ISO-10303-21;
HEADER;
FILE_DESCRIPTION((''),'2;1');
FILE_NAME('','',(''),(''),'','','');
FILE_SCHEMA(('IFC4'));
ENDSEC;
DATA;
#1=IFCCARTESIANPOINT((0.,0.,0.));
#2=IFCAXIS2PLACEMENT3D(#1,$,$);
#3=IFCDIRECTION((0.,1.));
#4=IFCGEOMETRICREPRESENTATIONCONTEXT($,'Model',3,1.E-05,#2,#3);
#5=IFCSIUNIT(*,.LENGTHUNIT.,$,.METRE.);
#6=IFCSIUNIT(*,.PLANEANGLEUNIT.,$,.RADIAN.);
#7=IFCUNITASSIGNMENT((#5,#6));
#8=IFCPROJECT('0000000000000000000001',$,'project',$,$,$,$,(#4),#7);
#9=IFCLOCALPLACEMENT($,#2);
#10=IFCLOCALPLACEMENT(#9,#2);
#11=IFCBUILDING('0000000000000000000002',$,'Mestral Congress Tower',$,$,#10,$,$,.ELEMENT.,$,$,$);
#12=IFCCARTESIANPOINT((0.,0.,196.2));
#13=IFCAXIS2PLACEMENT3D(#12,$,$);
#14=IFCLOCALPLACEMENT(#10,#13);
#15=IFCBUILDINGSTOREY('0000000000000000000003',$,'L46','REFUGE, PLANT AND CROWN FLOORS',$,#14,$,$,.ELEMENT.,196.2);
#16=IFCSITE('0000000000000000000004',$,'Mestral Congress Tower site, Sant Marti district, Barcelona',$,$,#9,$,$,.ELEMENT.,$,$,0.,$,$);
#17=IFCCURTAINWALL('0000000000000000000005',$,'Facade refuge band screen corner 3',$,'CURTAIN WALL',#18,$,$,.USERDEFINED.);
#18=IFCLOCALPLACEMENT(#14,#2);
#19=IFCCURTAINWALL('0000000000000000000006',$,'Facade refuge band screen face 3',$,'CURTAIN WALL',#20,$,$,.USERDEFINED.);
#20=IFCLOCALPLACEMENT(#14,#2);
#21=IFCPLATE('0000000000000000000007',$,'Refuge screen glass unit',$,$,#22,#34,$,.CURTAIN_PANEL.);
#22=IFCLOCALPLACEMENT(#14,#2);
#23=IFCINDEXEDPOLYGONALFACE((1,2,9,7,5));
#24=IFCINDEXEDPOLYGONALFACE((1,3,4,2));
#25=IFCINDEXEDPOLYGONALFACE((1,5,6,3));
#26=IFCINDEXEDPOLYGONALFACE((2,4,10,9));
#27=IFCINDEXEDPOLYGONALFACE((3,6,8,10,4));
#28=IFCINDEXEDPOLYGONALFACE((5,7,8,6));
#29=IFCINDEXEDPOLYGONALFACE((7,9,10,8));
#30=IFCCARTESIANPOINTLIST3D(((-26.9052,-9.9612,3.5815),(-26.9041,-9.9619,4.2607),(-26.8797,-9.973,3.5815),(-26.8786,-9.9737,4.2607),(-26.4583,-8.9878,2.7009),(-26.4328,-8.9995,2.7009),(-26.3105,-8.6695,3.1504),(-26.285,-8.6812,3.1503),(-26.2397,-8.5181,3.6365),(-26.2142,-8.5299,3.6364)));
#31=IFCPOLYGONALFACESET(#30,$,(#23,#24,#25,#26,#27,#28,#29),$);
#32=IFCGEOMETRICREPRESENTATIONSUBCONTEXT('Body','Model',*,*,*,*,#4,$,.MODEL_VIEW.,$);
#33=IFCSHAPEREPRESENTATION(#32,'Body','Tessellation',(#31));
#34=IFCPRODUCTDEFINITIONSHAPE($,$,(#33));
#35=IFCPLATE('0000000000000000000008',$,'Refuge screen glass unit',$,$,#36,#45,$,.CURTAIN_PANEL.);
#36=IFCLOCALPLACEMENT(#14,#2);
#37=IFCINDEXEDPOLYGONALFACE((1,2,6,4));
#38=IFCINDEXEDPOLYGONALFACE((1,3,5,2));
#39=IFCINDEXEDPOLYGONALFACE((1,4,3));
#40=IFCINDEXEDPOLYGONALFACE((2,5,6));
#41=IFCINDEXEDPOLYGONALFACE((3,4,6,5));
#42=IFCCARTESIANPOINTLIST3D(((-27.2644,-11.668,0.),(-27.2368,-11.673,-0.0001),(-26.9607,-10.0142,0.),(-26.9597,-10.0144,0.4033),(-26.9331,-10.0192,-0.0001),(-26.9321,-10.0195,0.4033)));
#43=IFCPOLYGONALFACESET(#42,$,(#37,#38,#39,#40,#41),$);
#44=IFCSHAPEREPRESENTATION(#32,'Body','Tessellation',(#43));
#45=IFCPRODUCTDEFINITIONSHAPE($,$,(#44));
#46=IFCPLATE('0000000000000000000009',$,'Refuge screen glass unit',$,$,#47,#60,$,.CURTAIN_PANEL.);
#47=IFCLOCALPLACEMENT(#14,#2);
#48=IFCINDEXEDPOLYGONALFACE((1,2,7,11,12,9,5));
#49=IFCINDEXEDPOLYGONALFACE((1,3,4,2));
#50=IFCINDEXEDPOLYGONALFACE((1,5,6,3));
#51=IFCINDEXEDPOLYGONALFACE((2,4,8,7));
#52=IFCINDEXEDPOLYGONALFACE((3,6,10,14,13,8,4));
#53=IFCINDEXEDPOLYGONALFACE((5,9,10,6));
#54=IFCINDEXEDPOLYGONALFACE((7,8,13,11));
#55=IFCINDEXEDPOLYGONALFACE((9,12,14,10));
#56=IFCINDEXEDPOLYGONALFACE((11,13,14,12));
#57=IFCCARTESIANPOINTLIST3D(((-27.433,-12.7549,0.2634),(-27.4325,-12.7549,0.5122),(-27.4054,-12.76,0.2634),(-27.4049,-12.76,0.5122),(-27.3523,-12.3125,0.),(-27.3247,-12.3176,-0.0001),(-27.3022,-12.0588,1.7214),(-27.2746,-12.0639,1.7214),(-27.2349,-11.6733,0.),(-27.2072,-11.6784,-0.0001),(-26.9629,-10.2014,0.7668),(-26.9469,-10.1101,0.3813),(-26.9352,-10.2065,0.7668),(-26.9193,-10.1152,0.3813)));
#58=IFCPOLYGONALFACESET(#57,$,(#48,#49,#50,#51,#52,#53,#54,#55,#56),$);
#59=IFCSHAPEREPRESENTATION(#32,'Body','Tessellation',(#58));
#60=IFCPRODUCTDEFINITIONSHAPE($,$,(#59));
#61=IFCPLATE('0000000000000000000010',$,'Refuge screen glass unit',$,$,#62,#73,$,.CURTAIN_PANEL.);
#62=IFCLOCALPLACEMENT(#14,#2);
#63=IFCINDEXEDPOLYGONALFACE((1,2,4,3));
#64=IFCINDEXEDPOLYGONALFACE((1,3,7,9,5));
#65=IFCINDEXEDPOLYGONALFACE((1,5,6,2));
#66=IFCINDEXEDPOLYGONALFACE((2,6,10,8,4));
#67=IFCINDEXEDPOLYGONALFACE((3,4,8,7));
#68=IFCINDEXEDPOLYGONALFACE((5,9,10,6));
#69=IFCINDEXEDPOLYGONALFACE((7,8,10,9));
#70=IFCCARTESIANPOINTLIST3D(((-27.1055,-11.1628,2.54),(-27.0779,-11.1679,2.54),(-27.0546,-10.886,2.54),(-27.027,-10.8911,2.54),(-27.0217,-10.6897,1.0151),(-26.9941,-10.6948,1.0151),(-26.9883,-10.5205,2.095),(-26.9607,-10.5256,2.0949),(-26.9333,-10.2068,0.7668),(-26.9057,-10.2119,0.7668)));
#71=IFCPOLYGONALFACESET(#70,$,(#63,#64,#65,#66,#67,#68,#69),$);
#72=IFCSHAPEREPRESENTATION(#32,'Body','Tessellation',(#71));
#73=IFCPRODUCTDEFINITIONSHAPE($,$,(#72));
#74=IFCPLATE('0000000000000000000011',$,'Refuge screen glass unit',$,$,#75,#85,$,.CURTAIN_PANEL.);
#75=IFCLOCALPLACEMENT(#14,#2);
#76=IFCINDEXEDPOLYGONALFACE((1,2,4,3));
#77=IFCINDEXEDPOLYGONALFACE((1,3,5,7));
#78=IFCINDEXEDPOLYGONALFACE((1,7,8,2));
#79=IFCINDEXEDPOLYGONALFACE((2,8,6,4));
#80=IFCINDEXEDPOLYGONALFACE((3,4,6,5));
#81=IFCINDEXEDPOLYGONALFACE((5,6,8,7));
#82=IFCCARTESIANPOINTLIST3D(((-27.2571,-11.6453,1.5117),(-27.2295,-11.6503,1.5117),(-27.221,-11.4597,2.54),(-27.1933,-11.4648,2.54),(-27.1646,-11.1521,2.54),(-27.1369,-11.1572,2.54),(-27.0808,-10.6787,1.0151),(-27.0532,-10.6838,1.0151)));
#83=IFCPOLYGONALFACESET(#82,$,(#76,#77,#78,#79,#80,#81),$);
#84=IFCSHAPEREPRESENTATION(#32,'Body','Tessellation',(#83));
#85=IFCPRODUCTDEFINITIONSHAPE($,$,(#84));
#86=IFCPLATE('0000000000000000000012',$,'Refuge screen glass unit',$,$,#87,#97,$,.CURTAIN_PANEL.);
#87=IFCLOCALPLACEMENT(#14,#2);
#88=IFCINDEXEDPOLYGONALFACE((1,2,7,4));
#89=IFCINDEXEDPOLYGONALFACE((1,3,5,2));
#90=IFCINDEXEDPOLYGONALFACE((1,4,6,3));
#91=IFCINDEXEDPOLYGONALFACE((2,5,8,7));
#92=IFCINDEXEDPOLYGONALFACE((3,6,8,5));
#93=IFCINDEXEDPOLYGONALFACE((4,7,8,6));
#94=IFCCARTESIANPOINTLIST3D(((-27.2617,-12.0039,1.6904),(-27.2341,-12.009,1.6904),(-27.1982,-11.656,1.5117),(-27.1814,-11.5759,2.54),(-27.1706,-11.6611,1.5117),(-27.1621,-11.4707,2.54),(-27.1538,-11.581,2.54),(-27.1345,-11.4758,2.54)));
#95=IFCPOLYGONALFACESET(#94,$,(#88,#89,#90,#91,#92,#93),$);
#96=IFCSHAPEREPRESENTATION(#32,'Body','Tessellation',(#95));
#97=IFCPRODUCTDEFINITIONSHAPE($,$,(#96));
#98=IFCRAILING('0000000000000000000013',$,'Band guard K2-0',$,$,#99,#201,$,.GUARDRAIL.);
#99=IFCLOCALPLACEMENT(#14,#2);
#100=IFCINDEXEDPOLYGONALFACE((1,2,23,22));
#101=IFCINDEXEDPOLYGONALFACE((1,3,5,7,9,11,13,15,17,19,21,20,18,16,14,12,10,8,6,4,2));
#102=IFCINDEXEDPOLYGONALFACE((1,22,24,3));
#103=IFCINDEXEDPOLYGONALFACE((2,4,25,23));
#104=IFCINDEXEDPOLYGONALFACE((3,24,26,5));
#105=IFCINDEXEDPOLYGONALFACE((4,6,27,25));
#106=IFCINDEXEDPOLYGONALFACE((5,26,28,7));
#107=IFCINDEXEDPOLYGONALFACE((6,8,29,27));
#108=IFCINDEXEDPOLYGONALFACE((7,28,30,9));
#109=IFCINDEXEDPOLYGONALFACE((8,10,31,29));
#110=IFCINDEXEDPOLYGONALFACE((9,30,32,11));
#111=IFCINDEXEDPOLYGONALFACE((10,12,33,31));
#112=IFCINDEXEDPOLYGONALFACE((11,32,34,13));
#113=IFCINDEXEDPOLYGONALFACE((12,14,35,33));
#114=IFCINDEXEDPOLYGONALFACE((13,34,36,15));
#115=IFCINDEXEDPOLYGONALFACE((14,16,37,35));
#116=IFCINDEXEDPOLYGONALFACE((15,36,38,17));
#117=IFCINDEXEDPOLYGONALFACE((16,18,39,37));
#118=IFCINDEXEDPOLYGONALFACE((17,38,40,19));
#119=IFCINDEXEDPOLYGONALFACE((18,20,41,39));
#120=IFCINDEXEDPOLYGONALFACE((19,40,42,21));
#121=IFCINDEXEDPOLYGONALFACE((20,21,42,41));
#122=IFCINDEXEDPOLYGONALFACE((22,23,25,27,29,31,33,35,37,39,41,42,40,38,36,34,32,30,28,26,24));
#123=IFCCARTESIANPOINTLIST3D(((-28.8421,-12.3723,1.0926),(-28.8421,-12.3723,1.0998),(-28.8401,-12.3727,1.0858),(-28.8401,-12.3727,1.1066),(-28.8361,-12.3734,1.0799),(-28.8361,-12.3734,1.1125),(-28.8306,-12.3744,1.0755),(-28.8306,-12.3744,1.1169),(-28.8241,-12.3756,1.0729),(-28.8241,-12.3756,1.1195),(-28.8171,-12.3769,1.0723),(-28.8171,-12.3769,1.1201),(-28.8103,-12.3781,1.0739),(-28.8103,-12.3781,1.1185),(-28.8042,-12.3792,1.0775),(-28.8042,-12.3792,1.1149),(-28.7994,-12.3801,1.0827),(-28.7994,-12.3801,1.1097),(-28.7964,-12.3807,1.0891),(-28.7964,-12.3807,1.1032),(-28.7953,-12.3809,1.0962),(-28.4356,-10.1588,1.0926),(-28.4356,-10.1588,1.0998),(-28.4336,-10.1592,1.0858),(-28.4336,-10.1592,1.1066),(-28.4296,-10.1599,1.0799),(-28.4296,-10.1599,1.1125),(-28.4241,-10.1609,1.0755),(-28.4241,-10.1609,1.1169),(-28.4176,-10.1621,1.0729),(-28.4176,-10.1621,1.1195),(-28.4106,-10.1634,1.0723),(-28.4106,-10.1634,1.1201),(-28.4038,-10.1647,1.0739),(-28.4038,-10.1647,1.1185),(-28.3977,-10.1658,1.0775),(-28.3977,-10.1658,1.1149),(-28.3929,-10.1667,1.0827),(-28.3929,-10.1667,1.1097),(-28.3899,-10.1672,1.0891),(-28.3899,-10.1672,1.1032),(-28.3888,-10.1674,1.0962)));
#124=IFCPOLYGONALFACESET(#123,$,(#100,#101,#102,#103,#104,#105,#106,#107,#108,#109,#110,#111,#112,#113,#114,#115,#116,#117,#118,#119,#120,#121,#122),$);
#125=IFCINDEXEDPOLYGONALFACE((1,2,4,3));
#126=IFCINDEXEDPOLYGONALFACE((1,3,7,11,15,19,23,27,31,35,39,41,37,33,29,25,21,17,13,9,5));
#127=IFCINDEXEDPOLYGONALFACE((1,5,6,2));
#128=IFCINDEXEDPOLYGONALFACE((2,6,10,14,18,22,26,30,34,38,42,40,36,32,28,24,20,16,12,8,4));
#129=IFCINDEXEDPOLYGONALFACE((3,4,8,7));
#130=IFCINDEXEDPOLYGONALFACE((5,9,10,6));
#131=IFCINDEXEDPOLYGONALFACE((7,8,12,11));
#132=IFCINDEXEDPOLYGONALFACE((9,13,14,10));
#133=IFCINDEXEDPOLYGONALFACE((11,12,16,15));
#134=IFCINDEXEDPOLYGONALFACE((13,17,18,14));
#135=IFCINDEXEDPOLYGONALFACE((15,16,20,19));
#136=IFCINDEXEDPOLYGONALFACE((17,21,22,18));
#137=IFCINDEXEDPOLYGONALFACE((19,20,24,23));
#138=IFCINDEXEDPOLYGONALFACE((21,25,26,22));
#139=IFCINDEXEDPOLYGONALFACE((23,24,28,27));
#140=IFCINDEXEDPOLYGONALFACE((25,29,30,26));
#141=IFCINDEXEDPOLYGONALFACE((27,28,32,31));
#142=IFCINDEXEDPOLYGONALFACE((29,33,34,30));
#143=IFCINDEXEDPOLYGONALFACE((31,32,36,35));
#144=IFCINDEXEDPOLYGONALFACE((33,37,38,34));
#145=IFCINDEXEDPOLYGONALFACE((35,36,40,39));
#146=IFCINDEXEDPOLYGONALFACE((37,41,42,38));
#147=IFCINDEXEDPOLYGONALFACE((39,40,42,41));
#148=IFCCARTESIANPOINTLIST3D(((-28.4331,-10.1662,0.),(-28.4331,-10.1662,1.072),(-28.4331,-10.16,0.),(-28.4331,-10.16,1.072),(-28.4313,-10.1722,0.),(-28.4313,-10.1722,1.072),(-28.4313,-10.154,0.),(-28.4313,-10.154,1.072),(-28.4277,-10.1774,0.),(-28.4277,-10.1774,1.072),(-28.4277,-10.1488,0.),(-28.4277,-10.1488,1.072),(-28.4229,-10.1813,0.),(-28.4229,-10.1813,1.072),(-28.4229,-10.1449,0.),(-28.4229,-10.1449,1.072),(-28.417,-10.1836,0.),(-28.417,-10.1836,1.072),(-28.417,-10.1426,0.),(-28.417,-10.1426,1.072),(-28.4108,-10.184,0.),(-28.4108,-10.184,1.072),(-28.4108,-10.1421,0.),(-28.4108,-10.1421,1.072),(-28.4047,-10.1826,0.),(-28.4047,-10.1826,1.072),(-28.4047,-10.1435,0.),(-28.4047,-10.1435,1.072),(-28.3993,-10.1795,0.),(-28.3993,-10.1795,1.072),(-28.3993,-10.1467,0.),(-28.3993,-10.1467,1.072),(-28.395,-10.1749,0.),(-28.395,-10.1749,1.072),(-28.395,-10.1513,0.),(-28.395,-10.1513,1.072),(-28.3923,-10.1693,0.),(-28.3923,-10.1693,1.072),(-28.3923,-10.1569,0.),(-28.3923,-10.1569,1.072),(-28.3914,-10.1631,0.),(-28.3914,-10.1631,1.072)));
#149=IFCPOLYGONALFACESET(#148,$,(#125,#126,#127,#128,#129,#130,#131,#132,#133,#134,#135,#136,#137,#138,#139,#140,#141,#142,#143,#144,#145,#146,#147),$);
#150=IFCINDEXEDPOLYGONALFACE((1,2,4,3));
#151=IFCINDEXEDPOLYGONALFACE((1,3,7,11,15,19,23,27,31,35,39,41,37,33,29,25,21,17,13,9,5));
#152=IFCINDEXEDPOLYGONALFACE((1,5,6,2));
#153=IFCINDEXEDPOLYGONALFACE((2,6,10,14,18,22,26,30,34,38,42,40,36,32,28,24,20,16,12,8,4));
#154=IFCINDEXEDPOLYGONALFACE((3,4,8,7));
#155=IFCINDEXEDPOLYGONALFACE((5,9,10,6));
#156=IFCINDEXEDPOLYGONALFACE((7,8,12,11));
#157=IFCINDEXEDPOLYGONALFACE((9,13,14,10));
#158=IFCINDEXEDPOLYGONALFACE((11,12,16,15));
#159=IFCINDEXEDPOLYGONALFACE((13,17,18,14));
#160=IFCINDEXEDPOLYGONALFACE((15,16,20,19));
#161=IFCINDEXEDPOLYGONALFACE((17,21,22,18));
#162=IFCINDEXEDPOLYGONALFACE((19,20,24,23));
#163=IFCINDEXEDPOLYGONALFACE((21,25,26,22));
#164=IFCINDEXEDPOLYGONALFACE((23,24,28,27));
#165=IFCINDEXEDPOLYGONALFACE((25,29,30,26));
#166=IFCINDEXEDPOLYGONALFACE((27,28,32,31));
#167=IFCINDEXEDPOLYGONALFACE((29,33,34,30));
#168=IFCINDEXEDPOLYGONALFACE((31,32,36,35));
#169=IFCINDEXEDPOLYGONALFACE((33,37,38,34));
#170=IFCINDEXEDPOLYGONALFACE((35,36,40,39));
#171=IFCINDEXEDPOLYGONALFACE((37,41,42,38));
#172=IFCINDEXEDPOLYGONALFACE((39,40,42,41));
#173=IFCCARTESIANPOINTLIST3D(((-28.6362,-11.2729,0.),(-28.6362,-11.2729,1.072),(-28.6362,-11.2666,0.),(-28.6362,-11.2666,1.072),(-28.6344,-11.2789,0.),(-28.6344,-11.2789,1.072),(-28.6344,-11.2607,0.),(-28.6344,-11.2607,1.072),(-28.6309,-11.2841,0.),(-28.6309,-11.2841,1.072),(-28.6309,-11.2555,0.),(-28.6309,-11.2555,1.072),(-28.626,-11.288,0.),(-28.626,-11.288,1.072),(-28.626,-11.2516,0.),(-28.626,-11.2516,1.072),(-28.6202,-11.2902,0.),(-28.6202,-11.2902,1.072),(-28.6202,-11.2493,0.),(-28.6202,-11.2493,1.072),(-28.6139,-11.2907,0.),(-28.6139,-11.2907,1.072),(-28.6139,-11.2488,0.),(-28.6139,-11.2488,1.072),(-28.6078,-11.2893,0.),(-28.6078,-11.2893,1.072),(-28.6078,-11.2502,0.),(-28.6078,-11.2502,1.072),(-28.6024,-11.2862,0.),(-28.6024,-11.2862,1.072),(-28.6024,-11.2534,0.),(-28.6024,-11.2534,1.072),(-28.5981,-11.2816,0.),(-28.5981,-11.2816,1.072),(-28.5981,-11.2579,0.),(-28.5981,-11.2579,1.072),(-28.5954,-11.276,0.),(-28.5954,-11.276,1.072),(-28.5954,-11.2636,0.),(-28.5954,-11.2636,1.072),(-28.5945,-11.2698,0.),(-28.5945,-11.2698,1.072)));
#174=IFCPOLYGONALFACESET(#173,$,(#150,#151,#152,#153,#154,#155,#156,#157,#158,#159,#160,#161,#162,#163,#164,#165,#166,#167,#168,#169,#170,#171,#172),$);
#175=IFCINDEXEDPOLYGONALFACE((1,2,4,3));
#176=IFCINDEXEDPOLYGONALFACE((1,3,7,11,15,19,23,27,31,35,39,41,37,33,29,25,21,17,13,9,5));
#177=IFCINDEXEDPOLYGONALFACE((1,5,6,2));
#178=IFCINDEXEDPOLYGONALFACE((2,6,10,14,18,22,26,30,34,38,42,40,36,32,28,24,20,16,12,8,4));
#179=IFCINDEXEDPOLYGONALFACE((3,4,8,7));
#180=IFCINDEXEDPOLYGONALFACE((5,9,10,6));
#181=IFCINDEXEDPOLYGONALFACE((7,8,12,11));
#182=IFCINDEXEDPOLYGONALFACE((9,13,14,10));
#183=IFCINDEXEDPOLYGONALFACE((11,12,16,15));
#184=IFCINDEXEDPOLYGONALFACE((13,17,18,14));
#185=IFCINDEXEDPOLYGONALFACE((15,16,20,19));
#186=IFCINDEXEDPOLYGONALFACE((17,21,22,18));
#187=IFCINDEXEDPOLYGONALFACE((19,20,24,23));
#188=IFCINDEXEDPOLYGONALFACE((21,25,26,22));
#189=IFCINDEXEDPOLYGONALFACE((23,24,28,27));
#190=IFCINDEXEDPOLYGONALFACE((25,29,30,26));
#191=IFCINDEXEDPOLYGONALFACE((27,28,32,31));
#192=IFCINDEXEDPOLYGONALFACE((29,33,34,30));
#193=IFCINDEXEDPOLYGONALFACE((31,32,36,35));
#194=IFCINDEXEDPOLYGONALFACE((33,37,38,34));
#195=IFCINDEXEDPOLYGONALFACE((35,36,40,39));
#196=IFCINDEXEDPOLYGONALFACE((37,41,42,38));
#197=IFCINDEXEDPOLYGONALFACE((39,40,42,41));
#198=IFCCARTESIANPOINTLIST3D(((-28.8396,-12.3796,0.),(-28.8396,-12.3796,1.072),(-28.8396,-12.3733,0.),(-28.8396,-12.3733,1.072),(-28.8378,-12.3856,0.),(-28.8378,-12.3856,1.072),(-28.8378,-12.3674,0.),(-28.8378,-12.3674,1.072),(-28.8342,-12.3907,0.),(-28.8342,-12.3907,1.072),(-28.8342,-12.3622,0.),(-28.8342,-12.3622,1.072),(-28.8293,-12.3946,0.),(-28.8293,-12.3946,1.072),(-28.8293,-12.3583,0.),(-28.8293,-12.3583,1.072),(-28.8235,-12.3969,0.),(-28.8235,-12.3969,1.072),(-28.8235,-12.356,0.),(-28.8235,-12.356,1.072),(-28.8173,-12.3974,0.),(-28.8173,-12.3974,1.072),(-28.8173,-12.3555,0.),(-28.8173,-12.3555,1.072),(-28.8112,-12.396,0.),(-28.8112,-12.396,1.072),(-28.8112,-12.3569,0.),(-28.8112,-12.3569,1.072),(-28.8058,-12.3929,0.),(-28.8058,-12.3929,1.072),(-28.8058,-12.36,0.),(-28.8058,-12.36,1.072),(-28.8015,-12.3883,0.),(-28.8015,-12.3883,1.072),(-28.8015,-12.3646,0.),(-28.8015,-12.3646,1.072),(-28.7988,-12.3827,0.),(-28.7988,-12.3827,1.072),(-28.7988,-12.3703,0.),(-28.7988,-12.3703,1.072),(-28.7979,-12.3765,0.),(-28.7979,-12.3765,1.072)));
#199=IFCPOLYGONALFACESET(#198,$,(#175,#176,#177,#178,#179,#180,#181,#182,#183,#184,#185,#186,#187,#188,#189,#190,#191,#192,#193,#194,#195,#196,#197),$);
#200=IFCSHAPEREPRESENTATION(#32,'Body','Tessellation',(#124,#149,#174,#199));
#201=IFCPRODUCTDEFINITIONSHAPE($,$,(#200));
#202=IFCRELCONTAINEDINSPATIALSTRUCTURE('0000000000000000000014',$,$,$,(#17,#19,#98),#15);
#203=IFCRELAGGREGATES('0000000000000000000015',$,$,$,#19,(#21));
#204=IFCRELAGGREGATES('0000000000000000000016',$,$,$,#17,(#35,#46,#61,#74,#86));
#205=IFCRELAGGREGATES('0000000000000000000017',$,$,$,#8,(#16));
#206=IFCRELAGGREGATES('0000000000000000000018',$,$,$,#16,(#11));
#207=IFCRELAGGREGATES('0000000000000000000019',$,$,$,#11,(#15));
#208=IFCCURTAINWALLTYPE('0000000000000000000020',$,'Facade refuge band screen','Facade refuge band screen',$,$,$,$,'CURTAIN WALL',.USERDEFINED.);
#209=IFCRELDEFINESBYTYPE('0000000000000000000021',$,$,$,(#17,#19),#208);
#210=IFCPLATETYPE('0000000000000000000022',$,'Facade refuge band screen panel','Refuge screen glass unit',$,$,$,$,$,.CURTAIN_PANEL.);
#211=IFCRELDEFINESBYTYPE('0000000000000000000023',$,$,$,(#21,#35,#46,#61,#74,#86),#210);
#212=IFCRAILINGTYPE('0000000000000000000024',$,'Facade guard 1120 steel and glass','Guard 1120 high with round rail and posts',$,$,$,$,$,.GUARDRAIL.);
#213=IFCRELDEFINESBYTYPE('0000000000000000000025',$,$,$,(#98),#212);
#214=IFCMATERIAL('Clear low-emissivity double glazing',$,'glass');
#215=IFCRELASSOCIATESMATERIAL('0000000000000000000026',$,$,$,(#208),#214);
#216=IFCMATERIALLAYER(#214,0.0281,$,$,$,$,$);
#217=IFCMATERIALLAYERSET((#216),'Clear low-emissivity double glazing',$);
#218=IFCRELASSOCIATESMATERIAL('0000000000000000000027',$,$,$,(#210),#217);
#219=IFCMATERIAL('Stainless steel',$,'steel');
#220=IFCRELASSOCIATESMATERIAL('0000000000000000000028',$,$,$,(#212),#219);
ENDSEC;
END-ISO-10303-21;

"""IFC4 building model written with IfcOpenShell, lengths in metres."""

from ifc_helpers import new_model, si_unit, direction, frame, origin, origin_2d, place, context, subcontext, project, spatial, polyline, circle, outline, extrude, material, layer, layer_set, type_object, element, aggregate, save


model = new_model("IFC4")

# Units and contexts
model_context = context("Model", 3, precision=1e-05, world=origin(), true_north=direction((0.0, 1.0)))
body_context = subcontext(model_context, "Body", "Model", "MODEL_VIEW")
ifc_project = project(units=[si_unit("LENGTHUNIT", "METRE"), si_unit("PLANEANGLEUNIT", "RADIAN")], contexts=[model_context])

# Site, building, storey
site_placement = place(None, origin())
site = spatial("IfcSite", under=ifc_project, at=site_placement, Name="Mestral Congress Tower site, Sant Marti district, Barcelona", CompositionType="ELEMENT", RefElevation=0.0)
building_placement = place(site_placement, origin())
building = spatial("IfcBuilding", under=site, at=building_placement, Name="Mestral Congress Tower", CompositionType="ELEMENT")
storey_placement = place(building_placement, frame((0.0, 0.0, 196.2)))
storey = spatial("IfcBuildingStorey", under=building, at=storey_placement, Name="L46", Description="REFUGE, PLANT AND CROWN FLOORS", CompositionType="ELEMENT", Elevation=196.2)

# Curtain wall
ifc_material_1 = material(Name="Clear low-emissivity double glazing", Category="glass")
curtain_wall_type = type_object("IfcCurtainWallType", Name="Facade refuge band screen", Description="Facade refuge band screen", ElementType="CURTAIN WALL", PredefinedType="USERDEFINED", material=ifc_material_1)
placement = place(storey_placement, origin())
curtain_wall_1 = element("IfcCurtainWall", 1, at=placement, inside=storey, type_object=curtain_wall_type, Name="Facade refuge band screen corner 3", ObjectType="CURTAIN WALL", PredefinedType="USERDEFINED")

# Curtain wall
curtain_wall_2 = element("IfcCurtainWall", 2, at=placement, inside=storey, type_object=curtain_wall_type, Name="Facade refuge band screen face 3", ObjectType="CURTAIN WALL", PredefinedType="USERDEFINED")

# Plates
ifc_layer_1 = layer(ifc_material_1, 0.0281)
ifc_layer_set_1 = layer_set([ifc_layer_1], Name="Clear low-emissivity double glazing")
plate_type_1 = type_object("IfcPlateType", Name="Facade refuge band screen panel", Description="Refuge screen glass unit", PredefinedType="CURTAIN_PANEL", material=ifc_layer_set_1)
plate_1_placement = place(storey_placement, frame((-26.9041, -9.9619, 4.2607), z_axis=(-0.908113, 0.41872, 0.001954), x_axis=(-0.001679, 0.001024, -0.999998)))
plate_1 = element("IfcPlate", 3, at=plate_1_placement, type_object=plate_type_1, Name="Refuge screen glass unit", PredefinedType="CURTAIN_PANEL", context=body_context, shape_type="SweptSolid", body=[
    extrude(outline(polyline([(0.0, 0.0), (0.6792, 0.0), (1.5601, -1.0709), (1.1107, -1.422), (0.6246, -1.5892), (0.0, 0.0)])), origin(), (0.0, 0.0, -1.0), 0.0281),
])
aggregate(curtain_wall_2, [plate_1])
plate_2_placement = place(storey_placement, frame((-26.9607, -10.0142, 0.0), z_axis=(-0.983549, 0.180622, 0.002491), x_axis=(0.002421, -0.000605, 0.999997)))
plate_2 = element("IfcPlate", 4, at=plate_2_placement, type_object=plate_type_1, Name="Refuge screen glass unit", PredefinedType="CURTAIN_PANEL", context=body_context, shape_type="SweptSolid", body=[
    extrude(outline(polyline([(0.0, 0.0), (0.4033, 0.0), (0.0003, -1.6815), (0.0, 0.0)])), origin(), (0.0, 0.0, -1.0), 0.0281),
])
plate_3_placement = place(storey_placement, frame((-27.3523, -12.3125, 0.0), z_axis=(-0.983535, 0.180709, 0.002), x_axis=(0.18071, 0.983536, 0.0)))
plate_3 = element("IfcPlate", 5, at=plate_3_placement, type_object=plate_type_1, Name="Refuge screen glass unit", PredefinedType="CURTAIN_PANEL", context=body_context, shape_type="SweptSolid", body=[
    extrude(outline(polyline([(0.0, 0.0), (0.6499, 0.0), (2.2394, -0.3813), (2.1467, -0.7668), (0.2585, -1.7214), (-0.4496, -0.5122), (-0.4497, -0.2634), (0.0, 0.0)])), origin(), (0.0, 0.0, -1.0), 0.0281),
])
plate_4_placement = place(storey_placement, frame((-26.9333, -10.2068, 0.7668), z_axis=(-0.983495, 0.180921, 0.002048), x_axis=(-0.04023, -0.229699, 0.97243)))
plate_4 = element("IfcPlate", 6, at=plate_4_placement, type_object=plate_type_1, Name="Refuge screen glass unit", PredefinedType="CURTAIN_PANEL", context=body_context, shape_type="SweptSolid", body=[
    extrude(outline(polyline([(0.0, 0.0), (1.3658, 0.0), (1.8852, -0.2574), (1.9508, -0.5312), (0.3559, -0.4195), (0.0, 0.0)])), origin(), (0.0, 0.0, -1.0), 0.0281),
])
plate_5_placement = place(storey_placement, frame((-27.1646, -11.1521, 2.54), z_axis=(-0.983594, 0.180384, 0.001996), x_axis=(-0.180384, -0.983596, 0.0)))
plate_5 = element("IfcPlate", 7, at=plate_5_placement, type_object=plate_type_1, Name="Refuge screen glass unit", PredefinedType="CURTAIN_PANEL", context=body_context, shape_type="SweptSolid", body=[
    extrude(outline(polyline([(0.0, 0.0), (0.3127, 0.0), (0.5018, -1.0283), (-0.4807, -1.5249), (0.0, 0.0)])), origin(), (0.0, 0.0, -1.0), 0.0281),
])
plate_6_placement = place(storey_placement, frame((-27.1982, -11.656, 1.5117), z_axis=(-0.983579, 0.180464, 0.00206), x_axis=(0.034578, 0.177234, 0.983561)))
plate_6 = element("IfcPlate", 8, at=plate_6_placement, type_object=plate_type_1, Name="Refuge screen glass unit", PredefinedType="CURTAIN_PANEL", context=body_context, shape_type="SweptSolid", body=[
    extrude(outline(polyline([(0.0, 0.0), (1.0455, 0.0), (1.0262, -0.1052), (0.1119, -0.3801), (0.0, 0.0)])), origin(), (0.0, 0.0, -1.0), 0.0281),
])

# Railing
ifc_material_2 = material(Name="Stainless steel", Category="steel")
railing_type = type_object("IfcRailingType", Name="Facade guard 1120 steel and glass", Description="Guard 1120 high with round rail and posts", PredefinedType="GUARDRAIL", material=ifc_material_2)
railing_placement = place(storey_placement, frame((-28.4124, -10.1631, 0.0)))
element("IfcRailing", 9, at=railing_placement, inside=storey, type_object=railing_type, Name="Band guard K2-0", PredefinedType="GUARDRAIL", context=body_context, shape_type="SweptSolid", body=[
    extrude(circle(Radius=0.0239, at=origin_2d()), frame((0.0, 0.0, 1.0962), z_axis=(-0.180632, -0.983551, 0.0), x_axis=(0.983551, -0.180632, 0.0)), (0.0, 0.0, 1.0), 2.2505),
    extrude(circle(Radius=0.021, at=origin_2d()), origin(), (0.0, 0.0, 1.0), 1.072),
    extrude(circle(Radius=0.021, at=origin_2d()), frame((-0.2031, -1.1067, 0.0)), (0.0, 0.0, 1.0), 1.072),
    extrude(circle(Radius=0.021, at=origin_2d()), frame((-0.4065, -2.2134, 0.0)), (0.0, 0.0, 1.0), 1.072),
])

aggregate(curtain_wall_1, [plate_2, plate_3, plate_4, plate_5, plate_6])

save(model, "model.ifc")
